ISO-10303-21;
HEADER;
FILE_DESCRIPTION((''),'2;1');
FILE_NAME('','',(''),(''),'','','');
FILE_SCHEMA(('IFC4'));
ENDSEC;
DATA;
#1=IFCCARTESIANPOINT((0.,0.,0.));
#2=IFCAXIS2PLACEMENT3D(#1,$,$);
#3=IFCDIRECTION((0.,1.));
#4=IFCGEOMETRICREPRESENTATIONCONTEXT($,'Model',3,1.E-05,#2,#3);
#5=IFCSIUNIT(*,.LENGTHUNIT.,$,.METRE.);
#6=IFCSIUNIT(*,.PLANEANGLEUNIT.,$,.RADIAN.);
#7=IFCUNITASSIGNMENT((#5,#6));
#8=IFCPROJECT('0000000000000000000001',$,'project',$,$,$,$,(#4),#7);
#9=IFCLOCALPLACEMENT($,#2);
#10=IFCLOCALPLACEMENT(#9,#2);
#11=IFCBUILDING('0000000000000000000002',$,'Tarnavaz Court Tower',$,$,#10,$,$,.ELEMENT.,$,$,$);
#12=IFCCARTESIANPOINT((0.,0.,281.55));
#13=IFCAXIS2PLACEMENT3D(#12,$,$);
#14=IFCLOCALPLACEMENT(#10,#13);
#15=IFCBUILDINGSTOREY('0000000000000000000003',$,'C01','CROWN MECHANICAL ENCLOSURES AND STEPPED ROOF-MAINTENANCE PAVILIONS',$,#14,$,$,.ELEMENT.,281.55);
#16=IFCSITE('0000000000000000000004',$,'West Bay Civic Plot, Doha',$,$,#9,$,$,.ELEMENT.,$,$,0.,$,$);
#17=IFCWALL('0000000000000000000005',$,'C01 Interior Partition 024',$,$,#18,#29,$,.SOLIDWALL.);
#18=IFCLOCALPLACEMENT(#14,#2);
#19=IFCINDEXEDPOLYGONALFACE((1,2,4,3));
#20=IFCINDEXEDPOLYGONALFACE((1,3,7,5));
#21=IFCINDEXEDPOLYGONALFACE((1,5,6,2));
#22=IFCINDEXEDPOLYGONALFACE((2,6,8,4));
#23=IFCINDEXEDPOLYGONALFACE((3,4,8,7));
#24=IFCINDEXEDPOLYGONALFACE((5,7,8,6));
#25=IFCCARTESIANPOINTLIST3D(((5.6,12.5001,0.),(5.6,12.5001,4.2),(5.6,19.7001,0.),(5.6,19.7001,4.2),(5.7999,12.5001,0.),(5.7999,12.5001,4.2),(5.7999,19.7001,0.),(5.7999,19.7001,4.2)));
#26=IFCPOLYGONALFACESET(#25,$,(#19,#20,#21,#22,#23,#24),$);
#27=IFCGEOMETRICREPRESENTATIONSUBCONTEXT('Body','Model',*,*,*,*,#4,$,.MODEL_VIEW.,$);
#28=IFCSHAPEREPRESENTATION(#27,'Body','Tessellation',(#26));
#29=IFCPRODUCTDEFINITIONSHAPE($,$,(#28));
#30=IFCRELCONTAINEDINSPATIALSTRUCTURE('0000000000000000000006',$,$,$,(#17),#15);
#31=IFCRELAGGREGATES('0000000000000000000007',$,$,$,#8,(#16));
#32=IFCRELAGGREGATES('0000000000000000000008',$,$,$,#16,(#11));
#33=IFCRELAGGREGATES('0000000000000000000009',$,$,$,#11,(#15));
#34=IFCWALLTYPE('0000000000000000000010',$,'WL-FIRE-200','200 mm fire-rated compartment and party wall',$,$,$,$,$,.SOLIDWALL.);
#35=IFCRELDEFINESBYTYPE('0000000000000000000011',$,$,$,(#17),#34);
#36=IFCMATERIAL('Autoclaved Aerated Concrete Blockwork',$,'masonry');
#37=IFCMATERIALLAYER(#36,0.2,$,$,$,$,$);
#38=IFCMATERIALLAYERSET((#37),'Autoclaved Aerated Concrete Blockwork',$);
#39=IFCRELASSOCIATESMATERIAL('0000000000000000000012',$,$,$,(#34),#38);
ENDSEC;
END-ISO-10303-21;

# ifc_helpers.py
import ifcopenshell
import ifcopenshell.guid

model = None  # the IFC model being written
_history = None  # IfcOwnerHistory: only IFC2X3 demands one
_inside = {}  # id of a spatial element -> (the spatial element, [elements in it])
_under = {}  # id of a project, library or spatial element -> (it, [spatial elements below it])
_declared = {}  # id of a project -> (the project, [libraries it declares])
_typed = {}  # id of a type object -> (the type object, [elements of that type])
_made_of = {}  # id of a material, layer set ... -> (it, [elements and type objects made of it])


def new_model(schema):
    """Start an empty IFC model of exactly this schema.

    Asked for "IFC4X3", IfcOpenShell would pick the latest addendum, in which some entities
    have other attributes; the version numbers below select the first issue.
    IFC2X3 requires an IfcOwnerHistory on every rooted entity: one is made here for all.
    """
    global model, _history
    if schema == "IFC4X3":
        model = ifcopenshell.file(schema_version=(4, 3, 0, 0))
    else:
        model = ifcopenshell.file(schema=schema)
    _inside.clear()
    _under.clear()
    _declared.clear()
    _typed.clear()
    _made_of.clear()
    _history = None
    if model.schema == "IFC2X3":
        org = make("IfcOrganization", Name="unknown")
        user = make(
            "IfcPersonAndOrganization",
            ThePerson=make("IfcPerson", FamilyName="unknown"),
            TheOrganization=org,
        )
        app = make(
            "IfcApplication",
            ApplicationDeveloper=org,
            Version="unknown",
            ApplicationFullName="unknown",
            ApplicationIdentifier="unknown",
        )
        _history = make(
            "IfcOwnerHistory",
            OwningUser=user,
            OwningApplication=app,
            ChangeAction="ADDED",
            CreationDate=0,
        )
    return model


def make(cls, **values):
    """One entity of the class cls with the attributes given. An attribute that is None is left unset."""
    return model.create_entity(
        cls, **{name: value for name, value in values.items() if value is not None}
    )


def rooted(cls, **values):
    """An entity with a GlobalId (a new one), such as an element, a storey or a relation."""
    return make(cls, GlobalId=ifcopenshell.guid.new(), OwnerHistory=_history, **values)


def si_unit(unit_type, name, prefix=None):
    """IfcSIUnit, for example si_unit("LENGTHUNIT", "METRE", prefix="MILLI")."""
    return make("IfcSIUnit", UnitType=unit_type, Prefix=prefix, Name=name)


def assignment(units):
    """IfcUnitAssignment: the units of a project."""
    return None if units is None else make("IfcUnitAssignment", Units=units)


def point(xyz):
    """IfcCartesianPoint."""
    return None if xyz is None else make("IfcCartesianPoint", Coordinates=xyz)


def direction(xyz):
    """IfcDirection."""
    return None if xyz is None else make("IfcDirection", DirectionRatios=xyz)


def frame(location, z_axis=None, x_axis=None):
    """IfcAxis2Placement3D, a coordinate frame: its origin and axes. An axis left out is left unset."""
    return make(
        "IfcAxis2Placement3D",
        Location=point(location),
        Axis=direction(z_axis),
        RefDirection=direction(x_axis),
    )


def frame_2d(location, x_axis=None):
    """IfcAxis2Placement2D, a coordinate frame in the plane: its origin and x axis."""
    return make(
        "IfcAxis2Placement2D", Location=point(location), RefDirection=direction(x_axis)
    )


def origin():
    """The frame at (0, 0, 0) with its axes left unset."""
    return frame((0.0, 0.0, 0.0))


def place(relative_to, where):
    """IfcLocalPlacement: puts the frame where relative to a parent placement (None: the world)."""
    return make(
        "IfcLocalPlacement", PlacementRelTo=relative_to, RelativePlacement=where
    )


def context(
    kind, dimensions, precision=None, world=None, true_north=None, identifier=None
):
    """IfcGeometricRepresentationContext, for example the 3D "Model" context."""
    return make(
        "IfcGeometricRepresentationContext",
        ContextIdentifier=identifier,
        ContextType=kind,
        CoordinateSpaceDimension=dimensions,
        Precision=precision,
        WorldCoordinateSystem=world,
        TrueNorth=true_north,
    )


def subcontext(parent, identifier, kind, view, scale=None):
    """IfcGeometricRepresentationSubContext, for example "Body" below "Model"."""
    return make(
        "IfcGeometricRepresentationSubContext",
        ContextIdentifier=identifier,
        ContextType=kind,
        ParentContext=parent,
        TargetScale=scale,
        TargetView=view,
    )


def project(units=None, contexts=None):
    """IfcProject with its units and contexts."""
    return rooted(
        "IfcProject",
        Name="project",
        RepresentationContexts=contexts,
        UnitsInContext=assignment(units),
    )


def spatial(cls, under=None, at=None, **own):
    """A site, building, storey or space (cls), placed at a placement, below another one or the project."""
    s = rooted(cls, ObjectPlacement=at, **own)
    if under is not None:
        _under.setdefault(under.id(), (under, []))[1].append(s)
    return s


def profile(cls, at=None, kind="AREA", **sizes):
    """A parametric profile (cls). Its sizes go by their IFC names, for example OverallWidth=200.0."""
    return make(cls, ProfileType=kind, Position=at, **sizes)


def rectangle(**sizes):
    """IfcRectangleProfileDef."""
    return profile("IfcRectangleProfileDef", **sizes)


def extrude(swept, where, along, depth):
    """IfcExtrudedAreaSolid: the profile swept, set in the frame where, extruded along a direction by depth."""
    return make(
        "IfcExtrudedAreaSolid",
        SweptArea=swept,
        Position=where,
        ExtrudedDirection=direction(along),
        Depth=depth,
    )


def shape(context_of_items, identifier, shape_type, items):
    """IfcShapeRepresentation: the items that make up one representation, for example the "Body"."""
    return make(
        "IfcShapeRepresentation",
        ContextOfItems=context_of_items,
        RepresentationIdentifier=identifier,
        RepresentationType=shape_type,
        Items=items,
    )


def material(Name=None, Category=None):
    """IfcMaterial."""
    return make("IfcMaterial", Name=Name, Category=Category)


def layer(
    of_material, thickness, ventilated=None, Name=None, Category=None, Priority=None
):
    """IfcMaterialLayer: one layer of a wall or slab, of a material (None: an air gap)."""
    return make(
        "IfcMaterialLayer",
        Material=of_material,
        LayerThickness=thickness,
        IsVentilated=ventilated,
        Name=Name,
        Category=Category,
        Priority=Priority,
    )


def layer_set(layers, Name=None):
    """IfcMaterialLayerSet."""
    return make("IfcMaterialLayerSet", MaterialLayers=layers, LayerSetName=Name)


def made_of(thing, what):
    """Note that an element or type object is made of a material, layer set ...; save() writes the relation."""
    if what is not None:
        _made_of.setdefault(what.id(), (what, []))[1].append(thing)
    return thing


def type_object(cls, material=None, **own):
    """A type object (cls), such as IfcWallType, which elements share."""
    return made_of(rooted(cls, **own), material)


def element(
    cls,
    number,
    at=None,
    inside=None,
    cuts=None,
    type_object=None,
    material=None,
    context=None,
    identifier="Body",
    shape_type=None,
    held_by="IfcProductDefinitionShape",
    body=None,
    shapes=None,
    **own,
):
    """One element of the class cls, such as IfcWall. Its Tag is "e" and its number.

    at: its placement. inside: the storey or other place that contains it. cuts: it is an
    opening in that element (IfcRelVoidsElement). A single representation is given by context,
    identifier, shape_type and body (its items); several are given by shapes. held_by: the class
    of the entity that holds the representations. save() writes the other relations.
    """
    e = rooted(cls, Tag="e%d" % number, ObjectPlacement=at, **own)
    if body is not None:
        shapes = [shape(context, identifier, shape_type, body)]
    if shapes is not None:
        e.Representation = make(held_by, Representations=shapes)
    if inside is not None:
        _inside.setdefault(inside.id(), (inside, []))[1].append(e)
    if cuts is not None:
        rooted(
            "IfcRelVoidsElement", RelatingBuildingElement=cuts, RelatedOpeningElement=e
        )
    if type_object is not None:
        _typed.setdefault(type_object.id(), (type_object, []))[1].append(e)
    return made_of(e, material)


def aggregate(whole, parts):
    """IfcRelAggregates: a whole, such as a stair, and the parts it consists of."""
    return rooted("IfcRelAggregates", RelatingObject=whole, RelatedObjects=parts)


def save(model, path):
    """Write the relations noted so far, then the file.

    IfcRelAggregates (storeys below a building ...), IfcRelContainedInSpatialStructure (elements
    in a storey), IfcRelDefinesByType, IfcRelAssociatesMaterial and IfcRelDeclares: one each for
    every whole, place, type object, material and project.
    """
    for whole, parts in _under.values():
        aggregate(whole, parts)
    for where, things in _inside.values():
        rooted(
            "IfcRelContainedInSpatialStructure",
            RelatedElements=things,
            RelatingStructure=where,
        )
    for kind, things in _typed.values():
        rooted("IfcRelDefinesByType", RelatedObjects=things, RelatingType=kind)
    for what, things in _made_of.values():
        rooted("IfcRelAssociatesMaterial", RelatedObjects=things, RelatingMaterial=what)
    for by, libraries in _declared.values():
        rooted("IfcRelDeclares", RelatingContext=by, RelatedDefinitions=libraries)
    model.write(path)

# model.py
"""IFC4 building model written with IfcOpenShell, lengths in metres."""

from ifc_helpers import new_model, si_unit, direction, frame, frame_2d, origin, place, context, subcontext, project, spatial, rectangle, extrude, material, layer, layer_set, type_object, element, save


model = new_model("IFC4")

# Units and contexts
model_context = context("Model", 3, precision=1e-05, world=origin(), true_north=direction((0.0, 1.0)))
body_context = subcontext(model_context, "Body", "Model", "MODEL_VIEW")
ifc_project = project(units=[si_unit("LENGTHUNIT", "METRE"), si_unit("PLANEANGLEUNIT", "RADIAN")], contexts=[model_context])

# Site, building, storey
site_placement = place(None, origin())
site = spatial("IfcSite", under=ifc_project, at=site_placement, Name="West Bay Civic Plot, Doha", CompositionType="ELEMENT", RefElevation=0.0)
building_placement = place(site_placement, origin())
building = spatial("IfcBuilding", under=site, at=building_placement, Name="Tarnavaz Court Tower", CompositionType="ELEMENT")
storey_placement = place(building_placement, frame((0.0, 0.0, 281.55)))
storey = spatial("IfcBuildingStorey", under=building, at=storey_placement, Name="C01", Description="CROWN MECHANICAL ENCLOSURES AND STEPPED ROOF-MAINTENANCE PAVILIONS", CompositionType="ELEMENT", Elevation=281.55)

# Wall
ifc_material_1 = material(Name="Autoclaved Aerated Concrete Blockwork", Category="masonry")
ifc_layer_1 = layer(ifc_material_1, 0.2)
ifc_layer_set_1 = layer_set([ifc_layer_1], Name="Autoclaved Aerated Concrete Blockwork")
wall_type = type_object("IfcWallType", Name="WL-FIRE-200", Description="200 mm fire-rated compartment and party wall", PredefinedType="SOLIDWALL", material=ifc_layer_set_1)
for number, where, z_axis, x_axis, name in (
    (1, (5.7, 12.5, 0.0), (0.0, 0.0, 1.0), (0.0, 1.0, 0.0), "C01 Interior Partition 024"),
):
    element("IfcWall", number, at=place(storey_placement, frame(where, z_axis=z_axis, x_axis=x_axis)), inside=storey, type_object=wall_type, Name=name, PredefinedType="SOLIDWALL", context=body_context, shape_type="SweptSolid", body=[
        extrude(rectangle(XDim=7.2, YDim=0.2, at=frame_2d((3.6001, 0.0))), origin(), (0.0, 0.0, 1.0), 4.2),
    ])

save(model, "model.ifc")
